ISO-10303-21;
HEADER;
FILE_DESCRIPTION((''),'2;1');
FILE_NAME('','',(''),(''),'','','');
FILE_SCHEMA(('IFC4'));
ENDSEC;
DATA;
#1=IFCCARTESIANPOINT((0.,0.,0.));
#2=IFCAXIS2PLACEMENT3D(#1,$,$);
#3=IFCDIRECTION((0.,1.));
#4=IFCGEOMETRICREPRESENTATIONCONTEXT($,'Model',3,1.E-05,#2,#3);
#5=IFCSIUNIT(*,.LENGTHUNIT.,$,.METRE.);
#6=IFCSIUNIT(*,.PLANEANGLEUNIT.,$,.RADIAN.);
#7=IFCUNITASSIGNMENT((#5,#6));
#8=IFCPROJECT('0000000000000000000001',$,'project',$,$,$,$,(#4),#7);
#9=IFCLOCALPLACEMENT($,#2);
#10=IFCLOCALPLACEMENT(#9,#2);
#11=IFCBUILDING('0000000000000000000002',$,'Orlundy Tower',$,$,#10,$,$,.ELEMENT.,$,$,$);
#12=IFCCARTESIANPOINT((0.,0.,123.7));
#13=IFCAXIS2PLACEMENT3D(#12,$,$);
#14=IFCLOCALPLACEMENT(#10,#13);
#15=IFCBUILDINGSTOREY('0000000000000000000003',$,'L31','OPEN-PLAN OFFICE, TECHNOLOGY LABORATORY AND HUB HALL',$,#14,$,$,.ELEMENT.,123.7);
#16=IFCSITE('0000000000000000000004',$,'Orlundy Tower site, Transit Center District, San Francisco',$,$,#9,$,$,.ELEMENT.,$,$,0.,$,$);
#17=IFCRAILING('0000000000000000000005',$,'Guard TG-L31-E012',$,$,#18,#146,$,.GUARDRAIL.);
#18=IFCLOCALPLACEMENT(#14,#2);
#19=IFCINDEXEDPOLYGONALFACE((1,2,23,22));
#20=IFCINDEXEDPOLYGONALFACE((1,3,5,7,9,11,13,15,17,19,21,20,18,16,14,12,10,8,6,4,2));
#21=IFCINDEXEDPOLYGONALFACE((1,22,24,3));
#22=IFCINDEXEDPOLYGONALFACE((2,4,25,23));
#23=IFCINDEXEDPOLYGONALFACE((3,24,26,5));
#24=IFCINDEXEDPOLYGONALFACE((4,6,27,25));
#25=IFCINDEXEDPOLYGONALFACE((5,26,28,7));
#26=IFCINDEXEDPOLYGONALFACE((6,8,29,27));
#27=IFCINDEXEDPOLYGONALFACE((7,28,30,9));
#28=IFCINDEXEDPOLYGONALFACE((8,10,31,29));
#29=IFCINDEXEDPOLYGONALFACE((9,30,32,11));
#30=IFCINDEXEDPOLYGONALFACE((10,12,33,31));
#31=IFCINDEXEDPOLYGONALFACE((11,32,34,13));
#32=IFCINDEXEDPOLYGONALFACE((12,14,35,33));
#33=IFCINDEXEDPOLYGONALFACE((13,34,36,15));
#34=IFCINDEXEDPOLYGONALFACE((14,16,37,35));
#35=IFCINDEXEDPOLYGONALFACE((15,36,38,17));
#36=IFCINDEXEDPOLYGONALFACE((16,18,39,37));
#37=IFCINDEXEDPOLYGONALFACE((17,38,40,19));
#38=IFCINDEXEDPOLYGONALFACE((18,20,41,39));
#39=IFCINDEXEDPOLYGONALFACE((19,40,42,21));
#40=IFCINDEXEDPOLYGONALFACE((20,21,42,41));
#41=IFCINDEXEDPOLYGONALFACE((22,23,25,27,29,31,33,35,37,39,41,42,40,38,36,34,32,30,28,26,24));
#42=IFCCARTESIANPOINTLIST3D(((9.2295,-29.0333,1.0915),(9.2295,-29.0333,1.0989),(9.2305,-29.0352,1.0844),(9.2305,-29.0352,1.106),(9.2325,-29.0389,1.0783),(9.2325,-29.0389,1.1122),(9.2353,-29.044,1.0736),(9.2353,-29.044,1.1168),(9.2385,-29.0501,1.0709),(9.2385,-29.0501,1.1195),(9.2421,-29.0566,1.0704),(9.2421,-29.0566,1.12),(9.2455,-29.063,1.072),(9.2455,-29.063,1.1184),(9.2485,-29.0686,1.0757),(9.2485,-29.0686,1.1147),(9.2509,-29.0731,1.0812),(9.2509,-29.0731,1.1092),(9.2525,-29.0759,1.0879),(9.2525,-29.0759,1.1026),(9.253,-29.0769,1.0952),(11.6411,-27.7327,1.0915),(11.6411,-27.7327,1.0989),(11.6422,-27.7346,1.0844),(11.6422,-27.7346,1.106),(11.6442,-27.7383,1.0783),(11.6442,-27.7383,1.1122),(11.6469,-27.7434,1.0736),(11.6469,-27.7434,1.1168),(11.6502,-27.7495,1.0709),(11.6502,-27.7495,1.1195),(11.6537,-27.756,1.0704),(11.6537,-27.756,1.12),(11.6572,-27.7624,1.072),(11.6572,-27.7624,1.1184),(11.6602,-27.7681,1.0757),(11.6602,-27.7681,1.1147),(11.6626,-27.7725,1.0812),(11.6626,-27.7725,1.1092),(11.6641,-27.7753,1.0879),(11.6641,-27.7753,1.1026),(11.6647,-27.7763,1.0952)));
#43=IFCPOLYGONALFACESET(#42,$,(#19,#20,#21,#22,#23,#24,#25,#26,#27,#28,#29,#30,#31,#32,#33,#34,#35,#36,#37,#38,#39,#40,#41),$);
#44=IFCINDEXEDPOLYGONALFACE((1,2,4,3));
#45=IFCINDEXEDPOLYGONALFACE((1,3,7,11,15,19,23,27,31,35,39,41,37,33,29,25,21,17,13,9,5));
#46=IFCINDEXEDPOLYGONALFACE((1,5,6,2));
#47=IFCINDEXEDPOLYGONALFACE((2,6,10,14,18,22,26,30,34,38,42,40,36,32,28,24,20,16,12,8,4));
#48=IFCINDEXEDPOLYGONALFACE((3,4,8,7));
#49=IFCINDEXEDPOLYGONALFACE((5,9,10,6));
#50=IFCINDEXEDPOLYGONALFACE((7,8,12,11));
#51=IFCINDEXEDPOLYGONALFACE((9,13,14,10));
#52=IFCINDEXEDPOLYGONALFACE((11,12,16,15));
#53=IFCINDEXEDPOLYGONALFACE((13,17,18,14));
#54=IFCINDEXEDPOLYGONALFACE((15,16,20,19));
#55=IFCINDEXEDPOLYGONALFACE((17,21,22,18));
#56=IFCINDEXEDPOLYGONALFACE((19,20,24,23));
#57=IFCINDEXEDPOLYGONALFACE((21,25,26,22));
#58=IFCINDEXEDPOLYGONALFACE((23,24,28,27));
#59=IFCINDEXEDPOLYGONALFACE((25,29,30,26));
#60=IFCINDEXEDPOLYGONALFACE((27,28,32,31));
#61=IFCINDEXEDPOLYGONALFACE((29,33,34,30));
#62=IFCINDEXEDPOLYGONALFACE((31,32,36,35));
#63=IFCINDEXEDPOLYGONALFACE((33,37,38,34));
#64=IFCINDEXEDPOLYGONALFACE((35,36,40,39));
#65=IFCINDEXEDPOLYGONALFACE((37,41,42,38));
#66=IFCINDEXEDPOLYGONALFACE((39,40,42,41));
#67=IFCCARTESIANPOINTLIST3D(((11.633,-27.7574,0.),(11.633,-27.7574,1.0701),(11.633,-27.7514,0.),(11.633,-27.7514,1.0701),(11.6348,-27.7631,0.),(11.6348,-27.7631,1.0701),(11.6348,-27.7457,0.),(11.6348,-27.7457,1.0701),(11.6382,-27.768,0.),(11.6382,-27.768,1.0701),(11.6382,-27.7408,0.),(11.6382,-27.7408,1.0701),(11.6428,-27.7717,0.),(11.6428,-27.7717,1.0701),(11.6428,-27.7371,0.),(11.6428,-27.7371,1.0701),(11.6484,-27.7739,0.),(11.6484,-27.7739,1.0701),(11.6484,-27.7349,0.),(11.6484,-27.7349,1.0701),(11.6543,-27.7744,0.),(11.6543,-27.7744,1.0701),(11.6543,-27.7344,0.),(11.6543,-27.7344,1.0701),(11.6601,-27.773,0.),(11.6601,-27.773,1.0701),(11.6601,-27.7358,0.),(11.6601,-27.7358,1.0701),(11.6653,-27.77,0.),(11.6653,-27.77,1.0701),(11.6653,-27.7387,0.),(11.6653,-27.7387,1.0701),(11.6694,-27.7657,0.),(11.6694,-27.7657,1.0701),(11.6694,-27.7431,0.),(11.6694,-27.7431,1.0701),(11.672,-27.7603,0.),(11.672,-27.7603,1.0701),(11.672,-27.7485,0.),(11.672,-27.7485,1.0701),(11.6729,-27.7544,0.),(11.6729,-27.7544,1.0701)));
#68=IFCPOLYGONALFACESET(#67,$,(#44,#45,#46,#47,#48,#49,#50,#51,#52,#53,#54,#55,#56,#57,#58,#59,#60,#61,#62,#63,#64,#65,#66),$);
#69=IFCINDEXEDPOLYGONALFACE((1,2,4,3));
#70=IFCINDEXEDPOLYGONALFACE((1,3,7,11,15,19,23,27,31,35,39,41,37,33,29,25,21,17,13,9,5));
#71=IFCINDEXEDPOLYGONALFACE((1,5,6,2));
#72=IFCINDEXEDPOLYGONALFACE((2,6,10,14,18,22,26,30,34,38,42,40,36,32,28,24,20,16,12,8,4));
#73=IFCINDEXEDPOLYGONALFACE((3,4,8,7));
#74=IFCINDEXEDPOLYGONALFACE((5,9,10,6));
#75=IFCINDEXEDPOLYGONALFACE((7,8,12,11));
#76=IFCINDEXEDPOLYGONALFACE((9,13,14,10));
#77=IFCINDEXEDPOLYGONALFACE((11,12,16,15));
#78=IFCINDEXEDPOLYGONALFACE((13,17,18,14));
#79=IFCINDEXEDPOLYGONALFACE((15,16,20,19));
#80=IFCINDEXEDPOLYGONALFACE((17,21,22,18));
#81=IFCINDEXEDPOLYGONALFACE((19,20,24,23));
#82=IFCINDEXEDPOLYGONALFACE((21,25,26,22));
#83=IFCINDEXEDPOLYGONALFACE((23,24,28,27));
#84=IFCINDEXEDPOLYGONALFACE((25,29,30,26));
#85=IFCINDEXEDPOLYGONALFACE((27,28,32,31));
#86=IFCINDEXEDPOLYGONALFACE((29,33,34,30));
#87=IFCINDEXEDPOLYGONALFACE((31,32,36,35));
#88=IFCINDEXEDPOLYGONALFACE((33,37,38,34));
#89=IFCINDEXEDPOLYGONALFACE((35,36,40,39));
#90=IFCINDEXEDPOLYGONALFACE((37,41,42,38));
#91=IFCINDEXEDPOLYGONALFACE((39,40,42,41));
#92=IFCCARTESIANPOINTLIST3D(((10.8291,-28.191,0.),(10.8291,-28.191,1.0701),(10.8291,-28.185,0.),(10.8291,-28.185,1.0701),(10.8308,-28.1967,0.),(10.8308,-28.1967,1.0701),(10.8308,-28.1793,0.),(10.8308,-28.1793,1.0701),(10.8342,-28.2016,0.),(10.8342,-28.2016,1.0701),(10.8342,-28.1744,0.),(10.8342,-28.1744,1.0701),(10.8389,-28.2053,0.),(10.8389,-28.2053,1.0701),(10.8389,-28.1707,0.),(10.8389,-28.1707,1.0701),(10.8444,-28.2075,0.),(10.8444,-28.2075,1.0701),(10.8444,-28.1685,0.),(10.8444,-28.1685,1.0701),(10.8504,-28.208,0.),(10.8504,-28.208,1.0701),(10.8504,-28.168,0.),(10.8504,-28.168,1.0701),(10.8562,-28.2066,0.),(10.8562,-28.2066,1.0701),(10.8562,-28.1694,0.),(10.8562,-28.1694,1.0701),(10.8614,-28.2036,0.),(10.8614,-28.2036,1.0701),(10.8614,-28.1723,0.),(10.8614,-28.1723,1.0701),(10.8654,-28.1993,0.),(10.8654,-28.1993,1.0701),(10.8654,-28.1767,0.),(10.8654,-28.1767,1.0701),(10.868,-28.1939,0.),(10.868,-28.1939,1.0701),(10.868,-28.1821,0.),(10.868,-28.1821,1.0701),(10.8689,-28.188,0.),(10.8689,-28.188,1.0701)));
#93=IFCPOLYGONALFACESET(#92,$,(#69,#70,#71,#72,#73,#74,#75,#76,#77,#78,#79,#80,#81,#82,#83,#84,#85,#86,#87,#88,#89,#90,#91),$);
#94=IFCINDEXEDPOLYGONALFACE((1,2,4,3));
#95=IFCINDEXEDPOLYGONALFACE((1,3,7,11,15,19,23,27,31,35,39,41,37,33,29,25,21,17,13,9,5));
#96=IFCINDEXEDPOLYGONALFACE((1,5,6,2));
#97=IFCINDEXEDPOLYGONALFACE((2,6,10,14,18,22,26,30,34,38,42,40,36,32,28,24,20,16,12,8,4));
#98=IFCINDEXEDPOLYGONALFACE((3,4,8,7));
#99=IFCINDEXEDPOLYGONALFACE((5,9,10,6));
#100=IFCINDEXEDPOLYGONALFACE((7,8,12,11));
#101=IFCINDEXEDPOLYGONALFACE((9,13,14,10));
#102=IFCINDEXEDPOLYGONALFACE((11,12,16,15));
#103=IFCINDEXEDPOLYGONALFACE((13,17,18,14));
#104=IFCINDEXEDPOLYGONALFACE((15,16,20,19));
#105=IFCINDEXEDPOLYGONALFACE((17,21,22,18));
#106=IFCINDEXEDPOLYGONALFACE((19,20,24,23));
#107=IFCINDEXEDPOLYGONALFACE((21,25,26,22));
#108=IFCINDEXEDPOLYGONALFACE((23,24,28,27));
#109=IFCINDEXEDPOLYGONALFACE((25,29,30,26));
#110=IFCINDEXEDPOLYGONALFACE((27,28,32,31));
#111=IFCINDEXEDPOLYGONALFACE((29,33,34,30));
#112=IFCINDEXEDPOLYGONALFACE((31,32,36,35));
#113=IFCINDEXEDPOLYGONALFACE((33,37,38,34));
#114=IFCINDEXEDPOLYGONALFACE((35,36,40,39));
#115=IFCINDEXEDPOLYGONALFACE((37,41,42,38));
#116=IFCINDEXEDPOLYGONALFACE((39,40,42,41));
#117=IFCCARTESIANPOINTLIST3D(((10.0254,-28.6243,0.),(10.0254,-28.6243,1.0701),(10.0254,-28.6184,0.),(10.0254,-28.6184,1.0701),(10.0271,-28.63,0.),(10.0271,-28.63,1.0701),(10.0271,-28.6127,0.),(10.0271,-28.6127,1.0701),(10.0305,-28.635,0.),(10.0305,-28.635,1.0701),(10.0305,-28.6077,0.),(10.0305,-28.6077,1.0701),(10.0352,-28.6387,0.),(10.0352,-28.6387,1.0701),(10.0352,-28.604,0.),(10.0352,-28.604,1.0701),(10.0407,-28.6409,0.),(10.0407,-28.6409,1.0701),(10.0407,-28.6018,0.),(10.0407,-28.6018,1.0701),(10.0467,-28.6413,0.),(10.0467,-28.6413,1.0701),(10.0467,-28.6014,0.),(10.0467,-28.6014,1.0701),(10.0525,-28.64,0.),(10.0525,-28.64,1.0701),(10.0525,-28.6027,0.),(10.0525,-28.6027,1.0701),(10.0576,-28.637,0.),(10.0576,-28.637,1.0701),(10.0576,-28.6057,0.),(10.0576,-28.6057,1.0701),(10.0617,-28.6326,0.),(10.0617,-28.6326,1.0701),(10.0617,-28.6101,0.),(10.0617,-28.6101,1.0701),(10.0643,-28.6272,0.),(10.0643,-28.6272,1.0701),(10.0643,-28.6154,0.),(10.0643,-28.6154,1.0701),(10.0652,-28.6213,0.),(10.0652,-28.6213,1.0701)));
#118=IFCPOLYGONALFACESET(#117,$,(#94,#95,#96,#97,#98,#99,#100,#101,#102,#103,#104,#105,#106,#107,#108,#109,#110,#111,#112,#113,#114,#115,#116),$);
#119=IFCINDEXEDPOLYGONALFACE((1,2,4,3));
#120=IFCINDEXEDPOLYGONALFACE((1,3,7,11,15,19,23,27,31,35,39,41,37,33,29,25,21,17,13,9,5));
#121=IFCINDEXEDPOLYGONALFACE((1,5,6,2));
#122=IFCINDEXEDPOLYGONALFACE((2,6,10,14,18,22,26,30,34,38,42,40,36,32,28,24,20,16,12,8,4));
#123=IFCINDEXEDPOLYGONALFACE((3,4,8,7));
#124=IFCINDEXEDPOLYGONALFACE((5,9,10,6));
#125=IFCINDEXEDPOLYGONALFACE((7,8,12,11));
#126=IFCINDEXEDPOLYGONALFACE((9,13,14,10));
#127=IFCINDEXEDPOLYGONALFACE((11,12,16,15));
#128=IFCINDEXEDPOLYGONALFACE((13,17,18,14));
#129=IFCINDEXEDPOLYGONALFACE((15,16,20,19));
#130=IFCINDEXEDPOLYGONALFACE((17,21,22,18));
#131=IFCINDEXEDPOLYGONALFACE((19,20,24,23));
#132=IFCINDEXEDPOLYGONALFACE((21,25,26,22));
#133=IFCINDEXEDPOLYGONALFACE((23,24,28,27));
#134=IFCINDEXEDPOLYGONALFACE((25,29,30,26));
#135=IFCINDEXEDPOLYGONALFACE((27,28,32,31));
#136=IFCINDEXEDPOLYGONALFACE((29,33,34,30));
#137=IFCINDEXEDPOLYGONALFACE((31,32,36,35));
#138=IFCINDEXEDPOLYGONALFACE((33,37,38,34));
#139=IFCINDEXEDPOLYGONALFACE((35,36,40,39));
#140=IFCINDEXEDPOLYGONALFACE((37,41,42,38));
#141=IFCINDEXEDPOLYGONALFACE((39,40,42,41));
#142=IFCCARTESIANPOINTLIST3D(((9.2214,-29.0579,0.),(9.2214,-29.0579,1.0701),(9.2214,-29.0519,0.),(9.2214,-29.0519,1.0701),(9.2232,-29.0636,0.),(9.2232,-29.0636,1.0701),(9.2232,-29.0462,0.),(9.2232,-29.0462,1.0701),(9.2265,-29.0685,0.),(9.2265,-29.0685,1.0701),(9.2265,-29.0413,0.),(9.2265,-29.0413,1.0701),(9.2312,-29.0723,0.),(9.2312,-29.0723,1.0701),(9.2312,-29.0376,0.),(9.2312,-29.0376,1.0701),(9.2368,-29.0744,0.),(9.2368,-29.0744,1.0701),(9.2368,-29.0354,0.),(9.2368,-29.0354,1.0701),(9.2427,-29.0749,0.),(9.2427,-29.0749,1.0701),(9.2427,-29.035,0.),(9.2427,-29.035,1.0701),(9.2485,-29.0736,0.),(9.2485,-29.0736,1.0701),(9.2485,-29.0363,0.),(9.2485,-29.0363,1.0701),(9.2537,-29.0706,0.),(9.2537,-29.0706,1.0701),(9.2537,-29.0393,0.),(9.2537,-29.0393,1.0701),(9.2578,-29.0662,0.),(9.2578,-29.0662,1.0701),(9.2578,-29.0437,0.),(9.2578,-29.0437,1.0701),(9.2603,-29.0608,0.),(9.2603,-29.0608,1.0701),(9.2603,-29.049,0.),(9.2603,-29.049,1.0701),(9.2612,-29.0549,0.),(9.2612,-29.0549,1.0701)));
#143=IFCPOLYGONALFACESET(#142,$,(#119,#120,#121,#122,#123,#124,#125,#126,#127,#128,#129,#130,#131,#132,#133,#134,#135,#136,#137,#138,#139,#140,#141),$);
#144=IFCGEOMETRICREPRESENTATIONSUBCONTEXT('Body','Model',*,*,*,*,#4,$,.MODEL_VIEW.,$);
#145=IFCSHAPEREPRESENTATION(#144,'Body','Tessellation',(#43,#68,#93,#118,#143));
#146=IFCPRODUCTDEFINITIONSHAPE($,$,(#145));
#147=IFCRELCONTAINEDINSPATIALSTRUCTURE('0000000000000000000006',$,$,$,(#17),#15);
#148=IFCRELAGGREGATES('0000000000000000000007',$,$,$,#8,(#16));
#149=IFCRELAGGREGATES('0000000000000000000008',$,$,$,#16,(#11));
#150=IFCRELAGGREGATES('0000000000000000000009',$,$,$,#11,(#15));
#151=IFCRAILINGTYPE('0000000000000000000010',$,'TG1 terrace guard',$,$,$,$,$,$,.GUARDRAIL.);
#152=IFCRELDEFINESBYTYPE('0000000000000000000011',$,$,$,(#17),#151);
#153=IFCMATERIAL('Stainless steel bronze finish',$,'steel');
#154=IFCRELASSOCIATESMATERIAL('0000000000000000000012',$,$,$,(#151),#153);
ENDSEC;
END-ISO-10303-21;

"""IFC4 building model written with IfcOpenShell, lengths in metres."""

from ifc_helpers import new_model, si_unit, direction, frame, origin, origin_2d, place, context, subcontext, project, spatial, circle, extrude, material, type_object, element, save


model = new_model("IFC4")

# Units and contexts
model_context = context("Model", 3, precision=1e-05, world=origin(), true_north=direction((0.0, 1.0)))
body_context = subcontext(model_context, "Body", "Model", "MODEL_VIEW")
ifc_project = project(units=[si_unit("LENGTHUNIT", "METRE"), si_unit("PLANEANGLEUNIT", "RADIAN")], contexts=[model_context])

# Site, building, storey
site_placement = place(None, origin())
site = spatial("IfcSite", under=ifc_project, at=site_placement, Name="Orlundy Tower site, Transit Center District, San Francisco", CompositionType="ELEMENT", RefElevation=0.0)
building_placement = place(site_placement, origin())
building = spatial("IfcBuilding", under=site, at=building_placement, Name="Orlundy Tower", CompositionType="ELEMENT")
storey_placement = place(building_placement, frame((0.0, 0.0, 123.7)))
storey = spatial("IfcBuildingStorey", under=building, at=storey_placement, Name="L31", Description="OPEN-PLAN OFFICE, TECHNOLOGY LABORATORY AND HUB HALL", CompositionType="ELEMENT", Elevation=123.7)

# Railing
ifc_material_1 = material(Name="Stainless steel bronze finish", Category="steel")
railing_type = type_object("IfcRailingType", Name="TG1 terrace guard", PredefinedType="GUARDRAIL", material=ifc_material_1)
railing_1_placement = place(storey_placement, frame((11.6528, -27.7544, 0.0)))
element("IfcRailing", 1, at=railing_1_placement, inside=storey, type_object=railing_type, Name="Guard TG-L31-E012", PredefinedType="GUARDRAIL", context=body_context, shape_type="SweptSolid", body=[
    extrude(circle(Radius=0.0249, at=origin_2d()), frame((0.0, 0.0, 1.0952), z_axis=(-0.880171, -0.474658, 0.0), x_axis=(0.474658, -0.880171, 0.0)), (0.0, 0.0, 1.0), 2.74),
    extrude(circle(Radius=0.02, at=origin_2d()), origin(), (0.0, 0.0, 1.0), 1.0701),
    extrude(circle(Radius=0.02, at=origin_2d()), frame((-0.804, -0.4336, 0.0)), (0.0, 0.0, 1.0), 1.0701),
    extrude(circle(Radius=0.02, at=origin_2d()), frame((-1.6077, -0.8669, 0.0)), (0.0, 0.0, 1.0), 1.0701),
    extrude(circle(Radius=0.02, at=origin_2d()), frame((-2.4116, -1.3005, 0.0)), (0.0, 0.0, 1.0), 1.0701),
])

save(model, "model.ifc")
